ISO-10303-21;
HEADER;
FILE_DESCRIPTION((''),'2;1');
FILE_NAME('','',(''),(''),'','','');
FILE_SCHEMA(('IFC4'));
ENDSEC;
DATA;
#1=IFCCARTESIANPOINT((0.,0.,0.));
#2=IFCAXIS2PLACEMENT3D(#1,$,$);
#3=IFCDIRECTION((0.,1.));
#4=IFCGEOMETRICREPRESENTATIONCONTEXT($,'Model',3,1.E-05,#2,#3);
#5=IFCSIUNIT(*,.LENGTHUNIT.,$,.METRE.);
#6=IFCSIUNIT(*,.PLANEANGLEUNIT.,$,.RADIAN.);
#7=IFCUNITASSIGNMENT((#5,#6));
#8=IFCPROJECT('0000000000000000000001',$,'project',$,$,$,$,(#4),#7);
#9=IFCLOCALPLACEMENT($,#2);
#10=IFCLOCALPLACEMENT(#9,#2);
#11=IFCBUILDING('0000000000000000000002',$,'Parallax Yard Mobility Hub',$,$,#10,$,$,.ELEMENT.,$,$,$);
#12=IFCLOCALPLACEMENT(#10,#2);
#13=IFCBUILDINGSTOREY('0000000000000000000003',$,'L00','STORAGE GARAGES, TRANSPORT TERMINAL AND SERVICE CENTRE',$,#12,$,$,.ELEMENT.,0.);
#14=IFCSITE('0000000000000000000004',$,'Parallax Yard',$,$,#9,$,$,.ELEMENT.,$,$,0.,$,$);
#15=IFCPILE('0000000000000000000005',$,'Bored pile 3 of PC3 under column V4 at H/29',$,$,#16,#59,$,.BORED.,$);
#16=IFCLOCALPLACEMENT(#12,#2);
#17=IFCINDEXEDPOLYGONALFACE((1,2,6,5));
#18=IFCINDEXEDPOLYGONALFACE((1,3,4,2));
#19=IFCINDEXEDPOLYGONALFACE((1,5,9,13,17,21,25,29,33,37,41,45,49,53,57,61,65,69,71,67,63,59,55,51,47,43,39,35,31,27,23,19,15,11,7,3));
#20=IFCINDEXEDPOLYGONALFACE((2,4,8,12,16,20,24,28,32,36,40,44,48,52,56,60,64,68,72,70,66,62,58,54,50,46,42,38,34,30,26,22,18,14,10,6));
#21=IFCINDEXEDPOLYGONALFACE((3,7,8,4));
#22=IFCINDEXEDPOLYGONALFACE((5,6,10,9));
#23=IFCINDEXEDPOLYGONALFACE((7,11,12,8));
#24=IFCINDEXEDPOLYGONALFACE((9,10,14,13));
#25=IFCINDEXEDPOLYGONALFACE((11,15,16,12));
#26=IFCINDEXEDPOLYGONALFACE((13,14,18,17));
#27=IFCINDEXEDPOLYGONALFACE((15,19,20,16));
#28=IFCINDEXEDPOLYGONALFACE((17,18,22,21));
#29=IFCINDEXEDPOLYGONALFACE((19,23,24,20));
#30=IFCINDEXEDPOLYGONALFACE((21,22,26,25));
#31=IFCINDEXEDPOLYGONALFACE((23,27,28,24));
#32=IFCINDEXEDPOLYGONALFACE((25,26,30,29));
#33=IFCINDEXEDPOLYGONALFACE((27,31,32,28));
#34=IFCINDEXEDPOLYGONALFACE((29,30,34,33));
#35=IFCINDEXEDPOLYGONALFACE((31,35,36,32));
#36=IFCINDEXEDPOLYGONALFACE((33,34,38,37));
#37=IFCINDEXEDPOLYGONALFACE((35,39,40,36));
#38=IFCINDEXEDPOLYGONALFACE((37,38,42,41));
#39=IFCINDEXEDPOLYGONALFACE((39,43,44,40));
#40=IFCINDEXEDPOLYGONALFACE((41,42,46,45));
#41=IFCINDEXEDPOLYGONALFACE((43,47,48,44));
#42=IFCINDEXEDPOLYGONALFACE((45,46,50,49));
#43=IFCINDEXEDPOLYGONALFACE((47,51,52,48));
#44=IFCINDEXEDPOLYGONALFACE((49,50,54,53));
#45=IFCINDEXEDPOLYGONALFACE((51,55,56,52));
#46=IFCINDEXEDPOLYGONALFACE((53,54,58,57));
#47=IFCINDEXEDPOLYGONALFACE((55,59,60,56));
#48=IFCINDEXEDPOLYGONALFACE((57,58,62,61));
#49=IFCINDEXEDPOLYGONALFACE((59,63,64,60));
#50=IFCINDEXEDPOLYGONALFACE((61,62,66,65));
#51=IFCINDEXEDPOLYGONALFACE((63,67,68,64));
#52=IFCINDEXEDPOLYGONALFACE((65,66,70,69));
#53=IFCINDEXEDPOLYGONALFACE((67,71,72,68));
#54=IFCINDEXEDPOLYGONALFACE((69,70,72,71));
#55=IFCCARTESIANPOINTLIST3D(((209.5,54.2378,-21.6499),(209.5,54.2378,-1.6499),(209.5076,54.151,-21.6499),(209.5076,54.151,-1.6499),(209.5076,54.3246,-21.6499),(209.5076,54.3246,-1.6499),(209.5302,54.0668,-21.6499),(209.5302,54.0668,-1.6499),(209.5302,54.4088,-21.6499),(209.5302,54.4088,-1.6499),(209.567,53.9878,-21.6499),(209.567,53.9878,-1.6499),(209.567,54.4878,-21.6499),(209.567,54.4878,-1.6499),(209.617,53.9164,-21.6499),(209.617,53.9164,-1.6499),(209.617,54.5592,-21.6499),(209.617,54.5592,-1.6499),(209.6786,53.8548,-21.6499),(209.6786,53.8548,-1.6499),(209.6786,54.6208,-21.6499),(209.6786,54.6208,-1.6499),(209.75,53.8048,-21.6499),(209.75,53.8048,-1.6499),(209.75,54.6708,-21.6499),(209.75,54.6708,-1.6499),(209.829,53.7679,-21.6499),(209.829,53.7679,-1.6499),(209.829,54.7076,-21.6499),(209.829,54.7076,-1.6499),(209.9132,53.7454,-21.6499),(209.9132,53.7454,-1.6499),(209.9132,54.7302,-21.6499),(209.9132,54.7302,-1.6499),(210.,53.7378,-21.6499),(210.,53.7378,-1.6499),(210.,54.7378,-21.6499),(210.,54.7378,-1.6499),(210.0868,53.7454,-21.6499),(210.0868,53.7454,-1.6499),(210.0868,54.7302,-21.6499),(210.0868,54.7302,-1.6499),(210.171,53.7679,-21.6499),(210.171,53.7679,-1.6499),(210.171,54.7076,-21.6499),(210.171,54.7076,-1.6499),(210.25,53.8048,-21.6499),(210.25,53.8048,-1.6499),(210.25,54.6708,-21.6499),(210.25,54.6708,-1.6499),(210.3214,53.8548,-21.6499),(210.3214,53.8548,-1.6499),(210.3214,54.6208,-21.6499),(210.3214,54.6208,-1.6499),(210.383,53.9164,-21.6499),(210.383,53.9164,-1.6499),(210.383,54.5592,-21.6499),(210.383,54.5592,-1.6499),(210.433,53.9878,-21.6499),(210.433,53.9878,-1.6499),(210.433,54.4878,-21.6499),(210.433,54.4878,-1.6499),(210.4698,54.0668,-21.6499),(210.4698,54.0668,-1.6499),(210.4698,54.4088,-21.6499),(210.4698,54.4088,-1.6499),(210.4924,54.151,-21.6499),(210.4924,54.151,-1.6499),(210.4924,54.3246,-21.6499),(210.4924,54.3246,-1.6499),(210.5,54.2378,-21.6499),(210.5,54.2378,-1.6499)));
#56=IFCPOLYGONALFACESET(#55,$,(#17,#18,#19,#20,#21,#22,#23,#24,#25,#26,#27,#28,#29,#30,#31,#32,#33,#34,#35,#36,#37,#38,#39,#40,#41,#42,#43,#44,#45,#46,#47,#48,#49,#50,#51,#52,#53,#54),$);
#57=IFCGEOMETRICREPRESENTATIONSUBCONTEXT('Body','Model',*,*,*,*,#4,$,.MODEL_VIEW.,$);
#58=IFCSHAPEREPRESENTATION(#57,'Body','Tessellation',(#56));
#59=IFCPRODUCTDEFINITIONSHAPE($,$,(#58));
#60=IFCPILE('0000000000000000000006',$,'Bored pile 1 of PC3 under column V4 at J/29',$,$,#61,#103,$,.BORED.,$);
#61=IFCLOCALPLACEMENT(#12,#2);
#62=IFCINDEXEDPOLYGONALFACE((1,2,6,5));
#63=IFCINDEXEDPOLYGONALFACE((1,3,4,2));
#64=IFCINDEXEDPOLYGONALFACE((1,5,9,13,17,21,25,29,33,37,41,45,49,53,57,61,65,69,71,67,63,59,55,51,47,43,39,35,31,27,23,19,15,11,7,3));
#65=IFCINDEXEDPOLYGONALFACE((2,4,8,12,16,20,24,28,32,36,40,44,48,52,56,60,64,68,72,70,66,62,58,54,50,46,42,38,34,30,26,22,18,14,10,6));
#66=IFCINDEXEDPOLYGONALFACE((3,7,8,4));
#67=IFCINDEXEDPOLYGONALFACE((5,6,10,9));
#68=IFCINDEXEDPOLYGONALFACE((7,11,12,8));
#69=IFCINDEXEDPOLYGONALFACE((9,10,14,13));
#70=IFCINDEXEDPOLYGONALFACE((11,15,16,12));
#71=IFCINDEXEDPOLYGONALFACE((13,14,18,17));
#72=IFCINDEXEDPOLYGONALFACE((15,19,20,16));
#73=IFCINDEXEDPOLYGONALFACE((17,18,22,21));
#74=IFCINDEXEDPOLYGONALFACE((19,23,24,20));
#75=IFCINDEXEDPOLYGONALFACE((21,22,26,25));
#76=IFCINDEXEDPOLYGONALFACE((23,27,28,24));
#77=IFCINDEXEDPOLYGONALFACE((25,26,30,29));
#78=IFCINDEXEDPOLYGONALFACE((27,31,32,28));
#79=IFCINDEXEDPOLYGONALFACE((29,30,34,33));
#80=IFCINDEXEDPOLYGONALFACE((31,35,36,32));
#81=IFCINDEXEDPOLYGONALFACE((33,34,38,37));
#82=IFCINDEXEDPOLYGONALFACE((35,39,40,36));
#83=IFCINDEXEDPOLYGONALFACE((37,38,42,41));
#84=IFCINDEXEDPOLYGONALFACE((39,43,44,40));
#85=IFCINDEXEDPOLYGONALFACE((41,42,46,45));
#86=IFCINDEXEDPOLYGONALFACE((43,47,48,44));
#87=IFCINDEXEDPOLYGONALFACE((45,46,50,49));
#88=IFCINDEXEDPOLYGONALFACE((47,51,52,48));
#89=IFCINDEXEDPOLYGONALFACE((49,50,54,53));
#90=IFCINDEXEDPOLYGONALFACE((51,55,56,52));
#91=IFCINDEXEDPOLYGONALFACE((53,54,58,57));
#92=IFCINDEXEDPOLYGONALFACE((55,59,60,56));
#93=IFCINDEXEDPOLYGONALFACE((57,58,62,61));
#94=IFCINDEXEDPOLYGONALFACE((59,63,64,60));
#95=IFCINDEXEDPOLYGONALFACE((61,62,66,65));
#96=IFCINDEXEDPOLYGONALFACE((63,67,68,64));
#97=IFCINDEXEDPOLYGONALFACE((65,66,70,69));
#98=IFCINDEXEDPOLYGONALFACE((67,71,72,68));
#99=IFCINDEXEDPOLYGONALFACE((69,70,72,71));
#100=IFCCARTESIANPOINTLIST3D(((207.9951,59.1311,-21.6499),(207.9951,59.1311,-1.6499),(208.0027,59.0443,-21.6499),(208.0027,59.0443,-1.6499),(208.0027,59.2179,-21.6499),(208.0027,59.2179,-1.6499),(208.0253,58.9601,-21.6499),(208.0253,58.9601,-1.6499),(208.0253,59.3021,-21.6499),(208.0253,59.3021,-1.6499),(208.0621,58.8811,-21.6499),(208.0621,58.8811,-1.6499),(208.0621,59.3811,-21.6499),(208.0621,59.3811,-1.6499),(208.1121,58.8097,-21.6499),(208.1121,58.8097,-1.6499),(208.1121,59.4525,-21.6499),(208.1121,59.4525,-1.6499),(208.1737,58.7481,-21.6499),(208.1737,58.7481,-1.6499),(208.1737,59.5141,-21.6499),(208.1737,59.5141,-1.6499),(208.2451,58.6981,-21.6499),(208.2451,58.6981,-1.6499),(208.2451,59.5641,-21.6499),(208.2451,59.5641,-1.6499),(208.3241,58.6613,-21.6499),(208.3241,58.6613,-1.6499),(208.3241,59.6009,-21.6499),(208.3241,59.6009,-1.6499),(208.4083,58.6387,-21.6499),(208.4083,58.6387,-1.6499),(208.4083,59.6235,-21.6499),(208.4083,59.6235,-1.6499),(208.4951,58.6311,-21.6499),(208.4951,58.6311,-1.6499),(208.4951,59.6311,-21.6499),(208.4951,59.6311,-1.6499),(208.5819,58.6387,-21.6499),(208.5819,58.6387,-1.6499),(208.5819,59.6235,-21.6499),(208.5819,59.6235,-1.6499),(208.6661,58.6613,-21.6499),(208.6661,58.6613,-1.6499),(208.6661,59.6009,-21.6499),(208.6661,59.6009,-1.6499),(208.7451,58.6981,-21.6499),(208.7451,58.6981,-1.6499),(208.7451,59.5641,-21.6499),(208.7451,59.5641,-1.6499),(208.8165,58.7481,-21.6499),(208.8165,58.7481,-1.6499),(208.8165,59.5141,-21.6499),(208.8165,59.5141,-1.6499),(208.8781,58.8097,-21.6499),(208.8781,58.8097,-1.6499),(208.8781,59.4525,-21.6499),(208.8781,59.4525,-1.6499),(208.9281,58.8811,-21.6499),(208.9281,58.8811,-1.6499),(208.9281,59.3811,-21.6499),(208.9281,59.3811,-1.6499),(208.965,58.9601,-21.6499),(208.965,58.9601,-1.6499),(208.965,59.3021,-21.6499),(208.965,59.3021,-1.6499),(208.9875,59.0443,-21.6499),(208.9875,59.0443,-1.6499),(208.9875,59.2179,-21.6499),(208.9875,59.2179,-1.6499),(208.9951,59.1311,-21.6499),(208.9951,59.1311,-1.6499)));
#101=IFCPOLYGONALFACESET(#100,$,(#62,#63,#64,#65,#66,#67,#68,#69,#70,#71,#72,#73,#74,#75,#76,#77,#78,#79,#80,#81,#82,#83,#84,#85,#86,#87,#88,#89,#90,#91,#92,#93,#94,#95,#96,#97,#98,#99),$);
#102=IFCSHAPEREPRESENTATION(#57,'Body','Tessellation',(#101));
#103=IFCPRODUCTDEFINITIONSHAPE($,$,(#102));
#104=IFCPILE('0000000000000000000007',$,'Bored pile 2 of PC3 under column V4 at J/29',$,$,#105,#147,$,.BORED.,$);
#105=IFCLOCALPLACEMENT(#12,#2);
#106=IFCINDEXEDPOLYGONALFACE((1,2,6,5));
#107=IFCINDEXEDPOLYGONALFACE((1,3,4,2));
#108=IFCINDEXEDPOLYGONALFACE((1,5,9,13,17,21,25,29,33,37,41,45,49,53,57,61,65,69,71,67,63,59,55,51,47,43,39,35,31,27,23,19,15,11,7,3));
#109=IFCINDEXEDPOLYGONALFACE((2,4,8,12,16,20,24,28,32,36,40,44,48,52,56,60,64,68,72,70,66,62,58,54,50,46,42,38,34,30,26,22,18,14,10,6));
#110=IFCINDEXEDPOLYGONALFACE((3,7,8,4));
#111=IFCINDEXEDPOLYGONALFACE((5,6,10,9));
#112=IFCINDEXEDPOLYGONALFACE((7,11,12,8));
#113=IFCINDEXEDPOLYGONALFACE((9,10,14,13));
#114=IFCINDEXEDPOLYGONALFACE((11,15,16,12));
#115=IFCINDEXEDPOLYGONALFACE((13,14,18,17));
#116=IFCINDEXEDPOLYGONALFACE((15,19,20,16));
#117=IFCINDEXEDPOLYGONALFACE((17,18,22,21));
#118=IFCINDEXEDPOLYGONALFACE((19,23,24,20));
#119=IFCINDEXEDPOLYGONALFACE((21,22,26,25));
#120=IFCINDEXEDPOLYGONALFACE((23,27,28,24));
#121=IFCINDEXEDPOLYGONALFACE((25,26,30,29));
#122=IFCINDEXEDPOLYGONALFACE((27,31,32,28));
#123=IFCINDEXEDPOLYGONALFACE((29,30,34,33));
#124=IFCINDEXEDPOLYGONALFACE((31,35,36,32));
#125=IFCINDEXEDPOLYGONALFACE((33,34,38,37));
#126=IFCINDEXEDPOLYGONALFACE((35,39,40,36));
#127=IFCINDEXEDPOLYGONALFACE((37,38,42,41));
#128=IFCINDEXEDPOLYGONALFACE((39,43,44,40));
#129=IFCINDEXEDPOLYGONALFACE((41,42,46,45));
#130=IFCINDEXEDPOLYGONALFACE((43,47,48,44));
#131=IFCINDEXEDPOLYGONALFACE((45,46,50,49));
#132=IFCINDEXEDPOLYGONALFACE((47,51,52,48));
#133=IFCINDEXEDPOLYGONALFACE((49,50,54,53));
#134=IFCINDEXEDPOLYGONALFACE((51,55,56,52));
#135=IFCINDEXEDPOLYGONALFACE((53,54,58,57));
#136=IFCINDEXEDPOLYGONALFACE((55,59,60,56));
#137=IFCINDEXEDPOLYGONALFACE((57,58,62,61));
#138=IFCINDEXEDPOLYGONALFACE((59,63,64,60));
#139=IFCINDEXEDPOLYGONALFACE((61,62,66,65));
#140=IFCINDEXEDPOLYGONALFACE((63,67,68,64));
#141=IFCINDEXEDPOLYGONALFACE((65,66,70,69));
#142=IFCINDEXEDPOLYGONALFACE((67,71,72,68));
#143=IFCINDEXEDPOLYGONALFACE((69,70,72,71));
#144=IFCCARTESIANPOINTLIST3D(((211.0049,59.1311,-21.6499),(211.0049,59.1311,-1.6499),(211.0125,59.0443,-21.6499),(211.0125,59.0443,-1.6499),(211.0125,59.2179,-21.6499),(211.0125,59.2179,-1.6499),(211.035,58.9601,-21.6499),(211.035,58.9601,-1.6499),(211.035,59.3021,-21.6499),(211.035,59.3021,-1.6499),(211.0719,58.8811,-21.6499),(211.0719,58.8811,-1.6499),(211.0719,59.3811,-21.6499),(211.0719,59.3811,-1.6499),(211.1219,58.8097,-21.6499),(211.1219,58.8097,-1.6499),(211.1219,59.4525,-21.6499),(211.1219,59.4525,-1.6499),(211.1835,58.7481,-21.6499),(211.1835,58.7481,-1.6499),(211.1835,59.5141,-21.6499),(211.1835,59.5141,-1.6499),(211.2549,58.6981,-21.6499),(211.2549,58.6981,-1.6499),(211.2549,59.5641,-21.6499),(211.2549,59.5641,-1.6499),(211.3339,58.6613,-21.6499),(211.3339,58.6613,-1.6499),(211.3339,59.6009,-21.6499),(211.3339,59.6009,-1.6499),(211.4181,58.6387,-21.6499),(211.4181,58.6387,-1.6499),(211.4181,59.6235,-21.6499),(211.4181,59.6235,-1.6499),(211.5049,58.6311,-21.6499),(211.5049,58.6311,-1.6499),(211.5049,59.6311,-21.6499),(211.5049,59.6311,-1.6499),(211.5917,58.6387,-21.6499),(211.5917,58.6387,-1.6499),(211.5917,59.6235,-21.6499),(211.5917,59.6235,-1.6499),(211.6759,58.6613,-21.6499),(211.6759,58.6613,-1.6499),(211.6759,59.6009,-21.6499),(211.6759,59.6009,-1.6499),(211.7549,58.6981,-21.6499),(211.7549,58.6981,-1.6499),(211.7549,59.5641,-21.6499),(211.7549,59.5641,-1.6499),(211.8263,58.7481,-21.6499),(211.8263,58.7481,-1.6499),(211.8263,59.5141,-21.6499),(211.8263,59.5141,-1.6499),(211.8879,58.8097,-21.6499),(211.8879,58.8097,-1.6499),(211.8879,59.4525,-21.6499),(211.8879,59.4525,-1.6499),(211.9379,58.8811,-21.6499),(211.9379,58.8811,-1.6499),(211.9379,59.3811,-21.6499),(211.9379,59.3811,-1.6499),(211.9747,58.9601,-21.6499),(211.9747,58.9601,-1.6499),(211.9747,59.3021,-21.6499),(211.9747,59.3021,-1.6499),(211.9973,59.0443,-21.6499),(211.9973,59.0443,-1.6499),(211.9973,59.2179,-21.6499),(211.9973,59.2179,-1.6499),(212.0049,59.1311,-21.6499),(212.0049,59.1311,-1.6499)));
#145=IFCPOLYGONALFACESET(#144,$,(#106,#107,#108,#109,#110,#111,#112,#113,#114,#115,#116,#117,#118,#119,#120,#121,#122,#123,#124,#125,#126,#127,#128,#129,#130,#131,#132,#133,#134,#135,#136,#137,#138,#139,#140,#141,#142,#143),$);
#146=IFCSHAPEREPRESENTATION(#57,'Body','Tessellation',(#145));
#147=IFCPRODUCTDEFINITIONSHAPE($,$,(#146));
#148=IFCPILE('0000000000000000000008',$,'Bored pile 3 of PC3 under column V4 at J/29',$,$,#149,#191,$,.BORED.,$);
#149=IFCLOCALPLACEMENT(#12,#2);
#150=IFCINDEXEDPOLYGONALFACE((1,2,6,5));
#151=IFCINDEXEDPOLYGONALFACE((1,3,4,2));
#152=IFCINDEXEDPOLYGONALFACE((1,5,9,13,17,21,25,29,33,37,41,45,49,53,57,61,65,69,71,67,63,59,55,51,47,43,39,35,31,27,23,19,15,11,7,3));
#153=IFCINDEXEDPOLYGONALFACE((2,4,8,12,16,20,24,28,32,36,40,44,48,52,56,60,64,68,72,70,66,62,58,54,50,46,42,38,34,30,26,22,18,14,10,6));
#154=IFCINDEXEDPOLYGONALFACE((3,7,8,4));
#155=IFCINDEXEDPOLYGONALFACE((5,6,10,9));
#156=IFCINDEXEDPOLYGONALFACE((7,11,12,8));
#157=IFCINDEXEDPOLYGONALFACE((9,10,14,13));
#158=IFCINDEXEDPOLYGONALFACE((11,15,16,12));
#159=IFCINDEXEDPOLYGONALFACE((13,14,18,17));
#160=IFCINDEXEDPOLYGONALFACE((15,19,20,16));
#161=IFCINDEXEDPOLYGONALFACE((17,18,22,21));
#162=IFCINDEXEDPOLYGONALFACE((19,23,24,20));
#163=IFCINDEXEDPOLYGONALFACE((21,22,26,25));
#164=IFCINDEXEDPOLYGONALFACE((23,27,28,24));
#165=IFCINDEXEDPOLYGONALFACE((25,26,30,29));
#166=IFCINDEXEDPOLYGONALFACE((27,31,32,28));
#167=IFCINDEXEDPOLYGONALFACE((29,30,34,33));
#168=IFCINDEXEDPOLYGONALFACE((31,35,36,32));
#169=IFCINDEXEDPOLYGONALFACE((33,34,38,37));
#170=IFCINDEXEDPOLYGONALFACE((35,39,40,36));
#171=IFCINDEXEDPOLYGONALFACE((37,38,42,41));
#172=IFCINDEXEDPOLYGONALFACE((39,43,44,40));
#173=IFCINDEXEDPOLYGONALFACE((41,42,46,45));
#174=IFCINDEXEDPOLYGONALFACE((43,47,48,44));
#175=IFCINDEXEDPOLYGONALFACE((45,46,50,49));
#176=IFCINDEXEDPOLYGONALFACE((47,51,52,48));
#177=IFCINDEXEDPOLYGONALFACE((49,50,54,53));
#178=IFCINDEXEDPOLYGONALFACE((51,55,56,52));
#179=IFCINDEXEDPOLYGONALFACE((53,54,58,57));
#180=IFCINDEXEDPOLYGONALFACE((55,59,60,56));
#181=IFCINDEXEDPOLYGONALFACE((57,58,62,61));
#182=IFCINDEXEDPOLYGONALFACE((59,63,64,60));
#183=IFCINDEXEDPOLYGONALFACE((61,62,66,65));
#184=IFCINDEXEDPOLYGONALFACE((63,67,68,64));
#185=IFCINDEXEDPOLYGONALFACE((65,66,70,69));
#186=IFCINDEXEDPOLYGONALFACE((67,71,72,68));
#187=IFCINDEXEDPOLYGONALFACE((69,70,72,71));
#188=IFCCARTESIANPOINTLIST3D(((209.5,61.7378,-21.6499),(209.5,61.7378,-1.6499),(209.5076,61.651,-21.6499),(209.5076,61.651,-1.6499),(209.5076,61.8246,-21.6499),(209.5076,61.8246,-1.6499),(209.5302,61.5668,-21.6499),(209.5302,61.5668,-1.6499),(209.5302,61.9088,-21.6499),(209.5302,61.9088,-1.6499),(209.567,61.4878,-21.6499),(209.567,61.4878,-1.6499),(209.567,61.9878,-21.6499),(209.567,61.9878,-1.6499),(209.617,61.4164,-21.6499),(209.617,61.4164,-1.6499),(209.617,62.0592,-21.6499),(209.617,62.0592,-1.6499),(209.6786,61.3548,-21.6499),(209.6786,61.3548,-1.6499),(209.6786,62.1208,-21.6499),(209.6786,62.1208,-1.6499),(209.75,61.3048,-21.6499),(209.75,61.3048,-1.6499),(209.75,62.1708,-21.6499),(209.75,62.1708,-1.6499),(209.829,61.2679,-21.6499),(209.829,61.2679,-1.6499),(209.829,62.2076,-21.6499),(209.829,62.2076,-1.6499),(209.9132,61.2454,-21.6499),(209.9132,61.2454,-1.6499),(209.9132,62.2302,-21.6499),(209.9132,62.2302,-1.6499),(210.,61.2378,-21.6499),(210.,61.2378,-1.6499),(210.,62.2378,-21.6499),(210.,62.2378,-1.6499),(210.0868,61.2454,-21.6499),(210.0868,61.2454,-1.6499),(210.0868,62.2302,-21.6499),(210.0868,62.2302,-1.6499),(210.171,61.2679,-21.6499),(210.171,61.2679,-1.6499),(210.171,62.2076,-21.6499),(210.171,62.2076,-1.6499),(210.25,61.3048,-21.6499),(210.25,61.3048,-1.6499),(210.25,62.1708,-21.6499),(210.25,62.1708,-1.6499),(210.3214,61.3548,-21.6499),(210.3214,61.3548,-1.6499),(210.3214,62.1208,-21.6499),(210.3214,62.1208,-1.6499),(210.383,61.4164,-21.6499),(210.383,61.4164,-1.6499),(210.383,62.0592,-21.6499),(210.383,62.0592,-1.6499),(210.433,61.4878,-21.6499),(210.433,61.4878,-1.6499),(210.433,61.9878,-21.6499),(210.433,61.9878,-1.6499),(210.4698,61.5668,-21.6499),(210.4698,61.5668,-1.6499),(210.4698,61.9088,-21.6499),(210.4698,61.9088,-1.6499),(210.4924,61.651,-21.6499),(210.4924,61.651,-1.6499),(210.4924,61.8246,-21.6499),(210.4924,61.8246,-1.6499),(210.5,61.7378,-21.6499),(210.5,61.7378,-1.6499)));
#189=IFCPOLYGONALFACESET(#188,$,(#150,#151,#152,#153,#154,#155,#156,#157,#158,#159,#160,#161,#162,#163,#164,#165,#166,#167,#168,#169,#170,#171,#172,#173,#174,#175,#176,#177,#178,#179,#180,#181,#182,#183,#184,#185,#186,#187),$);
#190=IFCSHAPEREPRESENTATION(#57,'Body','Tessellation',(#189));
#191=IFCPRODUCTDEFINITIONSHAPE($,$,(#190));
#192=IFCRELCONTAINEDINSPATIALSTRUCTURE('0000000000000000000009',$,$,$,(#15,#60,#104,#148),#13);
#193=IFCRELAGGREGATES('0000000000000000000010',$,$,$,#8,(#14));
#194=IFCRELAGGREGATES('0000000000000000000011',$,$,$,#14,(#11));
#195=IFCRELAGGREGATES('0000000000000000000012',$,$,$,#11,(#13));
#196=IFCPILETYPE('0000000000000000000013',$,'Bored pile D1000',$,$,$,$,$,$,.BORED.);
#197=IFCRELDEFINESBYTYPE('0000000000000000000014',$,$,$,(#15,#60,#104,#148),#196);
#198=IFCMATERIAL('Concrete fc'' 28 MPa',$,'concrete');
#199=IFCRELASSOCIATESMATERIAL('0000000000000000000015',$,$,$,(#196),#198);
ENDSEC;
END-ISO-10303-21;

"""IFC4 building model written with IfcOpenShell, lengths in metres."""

from ifc_helpers import new_model, si_unit, direction, frame, origin, origin_2d, place, context, subcontext, project, spatial, circle, extrude, material, material_profile, profile_set, type_object, element, save


model = new_model("IFC4")

# Units and contexts
model_context = context("Model", 3, precision=1e-05, world=origin(), true_north=direction((0.0, 1.0)))
body_context = subcontext(model_context, "Body", "Model", "MODEL_VIEW")
ifc_project = project(units=[si_unit("LENGTHUNIT", "METRE"), si_unit("PLANEANGLEUNIT", "RADIAN")], contexts=[model_context])

# Site, building, storey
site_placement = place(None, origin())
site = spatial("IfcSite", under=ifc_project, at=site_placement, Name="Parallax Yard", CompositionType="ELEMENT", RefElevation=0.0)
building_placement = place(site_placement, origin())
building = spatial("IfcBuilding", under=site, at=building_placement, Name="Parallax Yard Mobility Hub", CompositionType="ELEMENT")
storey_placement = place(building_placement, origin())
storey = spatial("IfcBuildingStorey", under=building, at=storey_placement, Name="L00", Description="STORAGE GARAGES, TRANSPORT TERMINAL AND SERVICE CENTRE", CompositionType="ELEMENT", Elevation=0.0)

# Piles
ifc_material_1 = material(Name="Concrete fc' 28 MPa", Category="concrete")
ifc_material_profile_1 = material_profile(ifc_material_1, circle(Radius=0.5, at=origin_2d()), Name="Bored pile D1000")
ifc_profile_set_1 = profile_set([ifc_material_profile_1], Name="Concrete fc' 28 MPa")
pile_type = type_object("IfcPileType", Name="Bored pile D1000", PredefinedType="BORED", material=ifc_profile_set_1)
for number, where, z_axis, x_axis, name in (
    (1, (210.0, 54.2378, -1.6499), (0.0, 0.0, -1.0), (1.0, 0.0, 0.0), "Bored pile 3 of PC3 under column V4 at H/29"),
    (2, (208.4951, 59.1311, -1.6499), (0.0, 0.0, -1.0), (1.0, 0.0, 0.0), "Bored pile 1 of PC3 under column V4 at J/29"),
    (3, (211.5049, 59.1311, -1.6499), (0.0, 0.0, -1.0), (1.0, 0.0, 0.0), "Bored pile 2 of PC3 under column V4 at J/29"),
    (4, (210.0, 61.7378, -1.6499), (0.0, 0.0, -1.0), (1.0, 0.0, 0.0), "Bored pile 3 of PC3 under column V4 at J/29"),
):
    element("IfcPile", number, at=place(storey_placement, frame(where, z_axis=z_axis, x_axis=x_axis)), inside=storey, type_object=pile_type, Name=name, PredefinedType="BORED", context=body_context, shape_type="SweptSolid", body=[
        extrude(circle(Radius=0.5, at=origin_2d()), origin(), (0.0, 0.0, 1.0), 20.0),
    ])

save(model, "model.ifc")
